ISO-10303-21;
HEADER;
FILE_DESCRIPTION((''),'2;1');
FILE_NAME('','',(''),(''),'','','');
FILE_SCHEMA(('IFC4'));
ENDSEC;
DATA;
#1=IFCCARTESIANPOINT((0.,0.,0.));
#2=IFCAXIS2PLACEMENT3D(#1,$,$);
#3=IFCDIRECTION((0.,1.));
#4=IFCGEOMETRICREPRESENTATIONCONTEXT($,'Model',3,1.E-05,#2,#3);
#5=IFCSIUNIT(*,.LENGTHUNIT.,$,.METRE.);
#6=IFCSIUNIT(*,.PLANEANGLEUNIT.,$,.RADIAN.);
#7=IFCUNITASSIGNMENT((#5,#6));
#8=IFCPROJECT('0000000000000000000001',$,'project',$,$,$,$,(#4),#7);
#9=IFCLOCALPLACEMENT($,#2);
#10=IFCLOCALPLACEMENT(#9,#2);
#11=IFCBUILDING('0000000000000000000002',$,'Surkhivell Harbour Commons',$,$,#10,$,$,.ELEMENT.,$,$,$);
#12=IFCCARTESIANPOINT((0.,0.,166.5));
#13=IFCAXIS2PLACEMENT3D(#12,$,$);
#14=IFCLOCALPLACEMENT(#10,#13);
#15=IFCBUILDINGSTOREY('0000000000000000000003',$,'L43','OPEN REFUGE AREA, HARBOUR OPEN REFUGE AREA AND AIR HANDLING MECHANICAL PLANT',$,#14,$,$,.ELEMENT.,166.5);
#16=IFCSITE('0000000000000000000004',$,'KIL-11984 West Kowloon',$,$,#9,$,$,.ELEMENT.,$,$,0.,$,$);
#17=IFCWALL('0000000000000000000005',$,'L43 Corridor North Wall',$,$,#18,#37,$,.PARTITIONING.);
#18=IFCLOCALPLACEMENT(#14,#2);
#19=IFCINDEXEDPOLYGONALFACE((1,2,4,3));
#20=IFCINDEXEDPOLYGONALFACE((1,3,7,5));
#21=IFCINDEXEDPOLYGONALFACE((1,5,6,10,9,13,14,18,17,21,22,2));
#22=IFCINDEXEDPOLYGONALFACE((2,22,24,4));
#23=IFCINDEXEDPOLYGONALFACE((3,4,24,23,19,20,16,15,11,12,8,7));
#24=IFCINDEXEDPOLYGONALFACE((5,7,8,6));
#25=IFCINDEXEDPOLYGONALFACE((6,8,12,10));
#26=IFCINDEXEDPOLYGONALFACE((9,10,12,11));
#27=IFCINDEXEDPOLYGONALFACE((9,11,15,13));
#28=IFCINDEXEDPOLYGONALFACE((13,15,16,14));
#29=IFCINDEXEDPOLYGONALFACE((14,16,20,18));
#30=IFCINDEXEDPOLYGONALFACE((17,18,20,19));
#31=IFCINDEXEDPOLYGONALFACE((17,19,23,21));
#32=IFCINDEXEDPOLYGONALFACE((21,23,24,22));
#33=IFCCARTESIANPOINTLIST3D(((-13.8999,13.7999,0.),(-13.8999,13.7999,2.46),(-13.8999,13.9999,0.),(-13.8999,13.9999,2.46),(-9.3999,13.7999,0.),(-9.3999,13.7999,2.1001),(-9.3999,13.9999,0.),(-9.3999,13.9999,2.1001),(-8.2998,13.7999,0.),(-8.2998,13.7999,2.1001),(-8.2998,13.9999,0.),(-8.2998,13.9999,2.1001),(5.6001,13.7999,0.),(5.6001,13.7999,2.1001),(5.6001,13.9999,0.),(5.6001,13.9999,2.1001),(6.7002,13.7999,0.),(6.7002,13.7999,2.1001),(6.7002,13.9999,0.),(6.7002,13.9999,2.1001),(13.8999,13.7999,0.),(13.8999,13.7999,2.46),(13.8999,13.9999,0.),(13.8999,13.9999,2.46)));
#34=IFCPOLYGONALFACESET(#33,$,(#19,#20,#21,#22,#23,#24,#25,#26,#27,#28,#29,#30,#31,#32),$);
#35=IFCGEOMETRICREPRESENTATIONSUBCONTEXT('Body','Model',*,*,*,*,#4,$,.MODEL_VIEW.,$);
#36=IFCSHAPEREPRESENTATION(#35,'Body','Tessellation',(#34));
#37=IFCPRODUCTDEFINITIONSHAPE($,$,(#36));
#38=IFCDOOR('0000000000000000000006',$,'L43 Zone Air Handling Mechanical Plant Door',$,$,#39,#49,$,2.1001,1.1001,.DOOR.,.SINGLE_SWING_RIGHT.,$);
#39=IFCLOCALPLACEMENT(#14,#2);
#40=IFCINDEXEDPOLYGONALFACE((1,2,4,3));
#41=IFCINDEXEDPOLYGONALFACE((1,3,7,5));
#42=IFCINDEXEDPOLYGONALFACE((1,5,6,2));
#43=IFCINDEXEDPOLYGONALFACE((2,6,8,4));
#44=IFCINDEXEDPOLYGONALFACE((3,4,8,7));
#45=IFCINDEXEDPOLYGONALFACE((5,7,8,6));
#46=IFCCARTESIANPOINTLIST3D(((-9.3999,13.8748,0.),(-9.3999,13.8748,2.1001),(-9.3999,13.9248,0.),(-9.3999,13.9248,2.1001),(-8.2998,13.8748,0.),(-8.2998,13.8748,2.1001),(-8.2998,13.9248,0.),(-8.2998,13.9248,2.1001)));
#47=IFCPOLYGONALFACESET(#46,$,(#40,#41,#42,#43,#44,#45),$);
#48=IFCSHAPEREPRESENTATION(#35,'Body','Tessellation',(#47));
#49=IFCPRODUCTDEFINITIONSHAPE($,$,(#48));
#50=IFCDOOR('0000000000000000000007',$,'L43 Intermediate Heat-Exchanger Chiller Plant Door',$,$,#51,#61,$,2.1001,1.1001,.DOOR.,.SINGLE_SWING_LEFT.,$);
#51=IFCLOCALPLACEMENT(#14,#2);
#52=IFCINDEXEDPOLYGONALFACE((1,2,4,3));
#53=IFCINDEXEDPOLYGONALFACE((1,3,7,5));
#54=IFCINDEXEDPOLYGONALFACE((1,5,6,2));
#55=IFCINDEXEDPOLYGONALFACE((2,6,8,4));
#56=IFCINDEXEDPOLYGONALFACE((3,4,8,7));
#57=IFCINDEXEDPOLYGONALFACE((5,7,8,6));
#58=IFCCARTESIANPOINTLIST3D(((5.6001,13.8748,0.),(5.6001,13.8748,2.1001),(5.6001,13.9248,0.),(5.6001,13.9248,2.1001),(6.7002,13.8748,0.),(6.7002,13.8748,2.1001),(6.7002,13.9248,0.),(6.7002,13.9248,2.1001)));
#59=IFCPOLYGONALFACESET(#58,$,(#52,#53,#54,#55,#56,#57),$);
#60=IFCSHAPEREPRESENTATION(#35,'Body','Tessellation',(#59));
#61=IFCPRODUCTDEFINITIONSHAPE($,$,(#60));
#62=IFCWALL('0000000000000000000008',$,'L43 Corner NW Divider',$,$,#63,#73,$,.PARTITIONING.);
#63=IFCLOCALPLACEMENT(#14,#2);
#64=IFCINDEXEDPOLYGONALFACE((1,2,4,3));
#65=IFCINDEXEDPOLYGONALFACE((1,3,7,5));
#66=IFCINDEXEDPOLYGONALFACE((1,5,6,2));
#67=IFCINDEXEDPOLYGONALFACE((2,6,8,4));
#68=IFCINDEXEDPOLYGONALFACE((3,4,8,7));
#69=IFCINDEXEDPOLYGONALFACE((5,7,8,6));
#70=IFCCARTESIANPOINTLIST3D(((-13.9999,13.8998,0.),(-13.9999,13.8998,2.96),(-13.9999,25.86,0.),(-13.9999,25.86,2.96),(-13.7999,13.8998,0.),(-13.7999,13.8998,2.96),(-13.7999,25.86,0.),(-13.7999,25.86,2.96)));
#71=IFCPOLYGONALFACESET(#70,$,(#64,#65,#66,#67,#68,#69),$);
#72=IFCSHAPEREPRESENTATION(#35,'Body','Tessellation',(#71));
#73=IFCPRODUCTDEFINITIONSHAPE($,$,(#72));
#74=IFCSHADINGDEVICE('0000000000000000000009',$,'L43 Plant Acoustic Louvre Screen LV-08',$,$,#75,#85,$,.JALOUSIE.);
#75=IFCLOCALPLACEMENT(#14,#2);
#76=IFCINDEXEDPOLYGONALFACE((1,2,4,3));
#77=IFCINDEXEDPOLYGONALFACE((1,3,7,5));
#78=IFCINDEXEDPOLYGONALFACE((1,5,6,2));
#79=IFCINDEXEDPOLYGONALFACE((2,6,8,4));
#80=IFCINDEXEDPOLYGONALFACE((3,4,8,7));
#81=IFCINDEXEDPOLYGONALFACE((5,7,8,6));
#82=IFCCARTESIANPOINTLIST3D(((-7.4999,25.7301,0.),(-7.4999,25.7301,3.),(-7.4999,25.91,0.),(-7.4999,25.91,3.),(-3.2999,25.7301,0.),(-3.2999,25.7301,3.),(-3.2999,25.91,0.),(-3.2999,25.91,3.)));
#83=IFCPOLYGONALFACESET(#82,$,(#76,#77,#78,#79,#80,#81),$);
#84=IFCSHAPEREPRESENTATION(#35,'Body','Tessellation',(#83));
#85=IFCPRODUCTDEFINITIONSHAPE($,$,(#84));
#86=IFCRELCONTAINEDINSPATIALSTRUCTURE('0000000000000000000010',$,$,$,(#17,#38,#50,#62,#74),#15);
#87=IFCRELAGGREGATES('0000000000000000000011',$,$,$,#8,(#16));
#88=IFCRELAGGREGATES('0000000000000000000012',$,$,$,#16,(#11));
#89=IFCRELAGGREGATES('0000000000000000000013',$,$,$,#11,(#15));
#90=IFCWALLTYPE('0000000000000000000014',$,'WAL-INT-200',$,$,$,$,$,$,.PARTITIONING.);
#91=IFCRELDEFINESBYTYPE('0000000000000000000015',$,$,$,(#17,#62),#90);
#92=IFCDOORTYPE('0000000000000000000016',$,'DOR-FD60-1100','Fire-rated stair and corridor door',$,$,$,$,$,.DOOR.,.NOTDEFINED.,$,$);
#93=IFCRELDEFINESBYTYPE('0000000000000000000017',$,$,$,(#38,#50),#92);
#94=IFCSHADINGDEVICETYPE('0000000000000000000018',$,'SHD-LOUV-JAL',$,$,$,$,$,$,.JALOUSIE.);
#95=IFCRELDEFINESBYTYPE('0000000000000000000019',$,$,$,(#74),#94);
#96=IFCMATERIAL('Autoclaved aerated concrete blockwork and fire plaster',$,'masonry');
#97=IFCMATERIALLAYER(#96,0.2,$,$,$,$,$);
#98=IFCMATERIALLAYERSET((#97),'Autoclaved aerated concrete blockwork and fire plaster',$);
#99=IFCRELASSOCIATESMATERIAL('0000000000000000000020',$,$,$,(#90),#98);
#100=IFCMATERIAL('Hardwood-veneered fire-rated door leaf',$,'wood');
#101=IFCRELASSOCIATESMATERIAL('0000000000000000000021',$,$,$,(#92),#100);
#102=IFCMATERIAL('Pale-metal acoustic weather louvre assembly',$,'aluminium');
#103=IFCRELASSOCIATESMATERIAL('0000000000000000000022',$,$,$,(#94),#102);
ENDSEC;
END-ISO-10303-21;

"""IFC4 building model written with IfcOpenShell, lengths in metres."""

from ifc_helpers import new_model, si_unit, direction, frame, frame_2d, origin, origin_2d, place, context, subcontext, project, spatial, rectangle, extrude, material, layer, layer_set, type_object, element, fill, save


model = new_model("IFC4")

# Units and contexts
model_context = context("Model", 3, precision=1e-05, world=origin(), true_north=direction((0.0, 1.0)))
body_context = subcontext(model_context, "Body", "Model", "MODEL_VIEW")
ifc_project = project(units=[si_unit("LENGTHUNIT", "METRE"), si_unit("PLANEANGLEUNIT", "RADIAN")], contexts=[model_context])

# Site, building, storey
site_placement = place(None, origin())
site = spatial("IfcSite", under=ifc_project, at=site_placement, Name="KIL-11984 West Kowloon", CompositionType="ELEMENT", RefElevation=0.0)
building_placement = place(site_placement, origin())
building = spatial("IfcBuilding", under=site, at=building_placement, Name="Surkhivell Harbour Commons", CompositionType="ELEMENT")
storey_placement = place(building_placement, frame((0.0, 0.0, 166.5)))
storey = spatial("IfcBuildingStorey", under=building, at=storey_placement, Name="L43", Description="OPEN REFUGE AREA, HARBOUR OPEN REFUGE AREA AND AIR HANDLING MECHANICAL PLANT", CompositionType="ELEMENT", Elevation=166.5)

# Wall, openings, doors
ifc_material_1 = material(Name="Autoclaved aerated concrete blockwork and fire plaster", Category="masonry")
ifc_layer_1 = layer(ifc_material_1, 0.2)
ifc_layer_set_1 = layer_set([ifc_layer_1], Name="Autoclaved aerated concrete blockwork and fire plaster")
wall_type = type_object("IfcWallType", Name="WAL-INT-200", PredefinedType="PARTITIONING", material=ifc_layer_set_1)
wall_1_placement = place(storey_placement, frame((-13.8999, 13.8999, 0.0), z_axis=(0.0, 0.0, 1.0), x_axis=(1.0, 0.0, 0.0)))
wall_1 = element("IfcWall", 1, at=wall_1_placement, inside=storey, type_object=wall_type, Name="L43 Corridor North Wall", PredefinedType="PARTITIONING", context=body_context, shape_type="SweptSolid", body=[
    extrude(rectangle(XDim=27.7998, YDim=0.2, at=frame_2d((13.8999, 0.0))), origin(), (0.0, 0.0, 1.0), 2.46),
])
opening_1_placement = place(wall_1_placement, frame((4.5, 0.0, 0.0)))
opening_1 = element("IfcOpeningElement", 2, at=opening_1_placement, cuts=wall_1, PredefinedType="OPENING", context=body_context, shape_type="SweptSolid", body=[
    extrude(rectangle(XDim=1.1001, YDim=2.1001, at=frame_2d((0.55, 1.05))), frame((0.0, 0.1099, 0.0), z_axis=(0.0, -1.0, 0.0), x_axis=(1.0, 0.0, 0.0)), (0.0, 0.0, 1.0), 0.22),
])
opening_2_placement = place(wall_1_placement, frame((19.5, 0.0, 0.0)))
opening_2 = element("IfcOpeningElement", 3, at=opening_2_placement, cuts=wall_1, PredefinedType="OPENING", context=body_context, shape_type="SweptSolid", body=[
    extrude(rectangle(XDim=1.1001, YDim=2.1001, at=frame_2d((0.55, 1.05))), frame((0.0, 0.1099, 0.0), z_axis=(0.0, -1.0, 0.0), x_axis=(1.0, 0.0, 0.0)), (0.0, 0.0, 1.0), 0.22),
])
ifc_material_2 = material(Name="Hardwood-veneered fire-rated door leaf", Category="wood")
door_type = type_object("IfcDoorType", Name="DOR-FD60-1100", Description="Fire-rated stair and corridor door", OperationType="NOTDEFINED", PredefinedType="DOOR", material=ifc_material_2)
door_1_placement = place(opening_1_placement, origin())
door_1 = element("IfcDoor", 4, at=door_1_placement, inside=storey, type_object=door_type, Name="L43 Zone Air Handling Mechanical Plant Door", OperationType="SINGLE_SWING_RIGHT", OverallHeight=2.1001, OverallWidth=1.1001, PredefinedType="DOOR", context=body_context, shape_type="SweptSolid", body=[
    extrude(rectangle(XDim=1.1001, YDim=2.1001, at=frame_2d((0.55, 1.05))), frame((0.0, 0.0249, 0.0), z_axis=(0.0, -1.0, 0.0), x_axis=(1.0, 0.0, 0.0)), (0.0, 0.0, 1.0), 0.05),
])
fill(opening_1, door_1)
door_2_placement = place(opening_2_placement, origin())
door_2 = element("IfcDoor", 5, at=door_2_placement, inside=storey, type_object=door_type, Name="L43 Intermediate Heat-Exchanger Chiller Plant Door", OperationType="SINGLE_SWING_LEFT", OverallHeight=2.1001, OverallWidth=1.1001, PredefinedType="DOOR", context=body_context, shape_type="SweptSolid", body=[
    extrude(rectangle(XDim=1.1001, YDim=2.1001, at=frame_2d((0.55, 1.05))), frame((0.0, 0.0249, 0.0), z_axis=(0.0, -1.0, 0.0), x_axis=(1.0, 0.0, 0.0)), (0.0, 0.0, 1.0), 0.05),
])
fill(opening_2, door_2)

# Wall
wall_2_placement = place(storey_placement, frame((-13.8999, 13.8999, 0.0), z_axis=(0.0, 0.0, 1.0), x_axis=(0.0, 1.0, 0.0)))
element("IfcWall", 6, at=wall_2_placement, inside=storey, type_object=wall_type, Name="L43 Corner NW Divider", PredefinedType="PARTITIONING", context=body_context, shape_type="SweptSolid", body=[
    extrude(rectangle(XDim=11.9602, YDim=0.2, at=frame_2d((5.98, 0.0))), origin(), (0.0, 0.0, 1.0), 2.96),
])

# Shading device
ifc_material_3 = material(Name="Pale-metal acoustic weather louvre assembly", Category="aluminium")
shading_device_type = type_object("IfcShadingDeviceType", Name="SHD-LOUV-JAL", PredefinedType="JALOUSIE", material=ifc_material_3)
shading_device_placement = place(storey_placement, frame((-5.3999, 25.8201, 0.0), z_axis=(0.0, 0.0, 1.0), x_axis=(1.0, 0.0, 0.0)))
element("IfcShadingDevice", 7, at=shading_device_placement, inside=storey, type_object=shading_device_type, Name="L43 Plant Acoustic Louvre Screen LV-08", PredefinedType="JALOUSIE", context=body_context, shape_type="SweptSolid", body=[
    extrude(rectangle(XDim=4.2, YDim=0.1799, at=origin_2d()), origin(), (0.0, 0.0, 1.0), 3.0),
])

save(model, "model.ifc")
